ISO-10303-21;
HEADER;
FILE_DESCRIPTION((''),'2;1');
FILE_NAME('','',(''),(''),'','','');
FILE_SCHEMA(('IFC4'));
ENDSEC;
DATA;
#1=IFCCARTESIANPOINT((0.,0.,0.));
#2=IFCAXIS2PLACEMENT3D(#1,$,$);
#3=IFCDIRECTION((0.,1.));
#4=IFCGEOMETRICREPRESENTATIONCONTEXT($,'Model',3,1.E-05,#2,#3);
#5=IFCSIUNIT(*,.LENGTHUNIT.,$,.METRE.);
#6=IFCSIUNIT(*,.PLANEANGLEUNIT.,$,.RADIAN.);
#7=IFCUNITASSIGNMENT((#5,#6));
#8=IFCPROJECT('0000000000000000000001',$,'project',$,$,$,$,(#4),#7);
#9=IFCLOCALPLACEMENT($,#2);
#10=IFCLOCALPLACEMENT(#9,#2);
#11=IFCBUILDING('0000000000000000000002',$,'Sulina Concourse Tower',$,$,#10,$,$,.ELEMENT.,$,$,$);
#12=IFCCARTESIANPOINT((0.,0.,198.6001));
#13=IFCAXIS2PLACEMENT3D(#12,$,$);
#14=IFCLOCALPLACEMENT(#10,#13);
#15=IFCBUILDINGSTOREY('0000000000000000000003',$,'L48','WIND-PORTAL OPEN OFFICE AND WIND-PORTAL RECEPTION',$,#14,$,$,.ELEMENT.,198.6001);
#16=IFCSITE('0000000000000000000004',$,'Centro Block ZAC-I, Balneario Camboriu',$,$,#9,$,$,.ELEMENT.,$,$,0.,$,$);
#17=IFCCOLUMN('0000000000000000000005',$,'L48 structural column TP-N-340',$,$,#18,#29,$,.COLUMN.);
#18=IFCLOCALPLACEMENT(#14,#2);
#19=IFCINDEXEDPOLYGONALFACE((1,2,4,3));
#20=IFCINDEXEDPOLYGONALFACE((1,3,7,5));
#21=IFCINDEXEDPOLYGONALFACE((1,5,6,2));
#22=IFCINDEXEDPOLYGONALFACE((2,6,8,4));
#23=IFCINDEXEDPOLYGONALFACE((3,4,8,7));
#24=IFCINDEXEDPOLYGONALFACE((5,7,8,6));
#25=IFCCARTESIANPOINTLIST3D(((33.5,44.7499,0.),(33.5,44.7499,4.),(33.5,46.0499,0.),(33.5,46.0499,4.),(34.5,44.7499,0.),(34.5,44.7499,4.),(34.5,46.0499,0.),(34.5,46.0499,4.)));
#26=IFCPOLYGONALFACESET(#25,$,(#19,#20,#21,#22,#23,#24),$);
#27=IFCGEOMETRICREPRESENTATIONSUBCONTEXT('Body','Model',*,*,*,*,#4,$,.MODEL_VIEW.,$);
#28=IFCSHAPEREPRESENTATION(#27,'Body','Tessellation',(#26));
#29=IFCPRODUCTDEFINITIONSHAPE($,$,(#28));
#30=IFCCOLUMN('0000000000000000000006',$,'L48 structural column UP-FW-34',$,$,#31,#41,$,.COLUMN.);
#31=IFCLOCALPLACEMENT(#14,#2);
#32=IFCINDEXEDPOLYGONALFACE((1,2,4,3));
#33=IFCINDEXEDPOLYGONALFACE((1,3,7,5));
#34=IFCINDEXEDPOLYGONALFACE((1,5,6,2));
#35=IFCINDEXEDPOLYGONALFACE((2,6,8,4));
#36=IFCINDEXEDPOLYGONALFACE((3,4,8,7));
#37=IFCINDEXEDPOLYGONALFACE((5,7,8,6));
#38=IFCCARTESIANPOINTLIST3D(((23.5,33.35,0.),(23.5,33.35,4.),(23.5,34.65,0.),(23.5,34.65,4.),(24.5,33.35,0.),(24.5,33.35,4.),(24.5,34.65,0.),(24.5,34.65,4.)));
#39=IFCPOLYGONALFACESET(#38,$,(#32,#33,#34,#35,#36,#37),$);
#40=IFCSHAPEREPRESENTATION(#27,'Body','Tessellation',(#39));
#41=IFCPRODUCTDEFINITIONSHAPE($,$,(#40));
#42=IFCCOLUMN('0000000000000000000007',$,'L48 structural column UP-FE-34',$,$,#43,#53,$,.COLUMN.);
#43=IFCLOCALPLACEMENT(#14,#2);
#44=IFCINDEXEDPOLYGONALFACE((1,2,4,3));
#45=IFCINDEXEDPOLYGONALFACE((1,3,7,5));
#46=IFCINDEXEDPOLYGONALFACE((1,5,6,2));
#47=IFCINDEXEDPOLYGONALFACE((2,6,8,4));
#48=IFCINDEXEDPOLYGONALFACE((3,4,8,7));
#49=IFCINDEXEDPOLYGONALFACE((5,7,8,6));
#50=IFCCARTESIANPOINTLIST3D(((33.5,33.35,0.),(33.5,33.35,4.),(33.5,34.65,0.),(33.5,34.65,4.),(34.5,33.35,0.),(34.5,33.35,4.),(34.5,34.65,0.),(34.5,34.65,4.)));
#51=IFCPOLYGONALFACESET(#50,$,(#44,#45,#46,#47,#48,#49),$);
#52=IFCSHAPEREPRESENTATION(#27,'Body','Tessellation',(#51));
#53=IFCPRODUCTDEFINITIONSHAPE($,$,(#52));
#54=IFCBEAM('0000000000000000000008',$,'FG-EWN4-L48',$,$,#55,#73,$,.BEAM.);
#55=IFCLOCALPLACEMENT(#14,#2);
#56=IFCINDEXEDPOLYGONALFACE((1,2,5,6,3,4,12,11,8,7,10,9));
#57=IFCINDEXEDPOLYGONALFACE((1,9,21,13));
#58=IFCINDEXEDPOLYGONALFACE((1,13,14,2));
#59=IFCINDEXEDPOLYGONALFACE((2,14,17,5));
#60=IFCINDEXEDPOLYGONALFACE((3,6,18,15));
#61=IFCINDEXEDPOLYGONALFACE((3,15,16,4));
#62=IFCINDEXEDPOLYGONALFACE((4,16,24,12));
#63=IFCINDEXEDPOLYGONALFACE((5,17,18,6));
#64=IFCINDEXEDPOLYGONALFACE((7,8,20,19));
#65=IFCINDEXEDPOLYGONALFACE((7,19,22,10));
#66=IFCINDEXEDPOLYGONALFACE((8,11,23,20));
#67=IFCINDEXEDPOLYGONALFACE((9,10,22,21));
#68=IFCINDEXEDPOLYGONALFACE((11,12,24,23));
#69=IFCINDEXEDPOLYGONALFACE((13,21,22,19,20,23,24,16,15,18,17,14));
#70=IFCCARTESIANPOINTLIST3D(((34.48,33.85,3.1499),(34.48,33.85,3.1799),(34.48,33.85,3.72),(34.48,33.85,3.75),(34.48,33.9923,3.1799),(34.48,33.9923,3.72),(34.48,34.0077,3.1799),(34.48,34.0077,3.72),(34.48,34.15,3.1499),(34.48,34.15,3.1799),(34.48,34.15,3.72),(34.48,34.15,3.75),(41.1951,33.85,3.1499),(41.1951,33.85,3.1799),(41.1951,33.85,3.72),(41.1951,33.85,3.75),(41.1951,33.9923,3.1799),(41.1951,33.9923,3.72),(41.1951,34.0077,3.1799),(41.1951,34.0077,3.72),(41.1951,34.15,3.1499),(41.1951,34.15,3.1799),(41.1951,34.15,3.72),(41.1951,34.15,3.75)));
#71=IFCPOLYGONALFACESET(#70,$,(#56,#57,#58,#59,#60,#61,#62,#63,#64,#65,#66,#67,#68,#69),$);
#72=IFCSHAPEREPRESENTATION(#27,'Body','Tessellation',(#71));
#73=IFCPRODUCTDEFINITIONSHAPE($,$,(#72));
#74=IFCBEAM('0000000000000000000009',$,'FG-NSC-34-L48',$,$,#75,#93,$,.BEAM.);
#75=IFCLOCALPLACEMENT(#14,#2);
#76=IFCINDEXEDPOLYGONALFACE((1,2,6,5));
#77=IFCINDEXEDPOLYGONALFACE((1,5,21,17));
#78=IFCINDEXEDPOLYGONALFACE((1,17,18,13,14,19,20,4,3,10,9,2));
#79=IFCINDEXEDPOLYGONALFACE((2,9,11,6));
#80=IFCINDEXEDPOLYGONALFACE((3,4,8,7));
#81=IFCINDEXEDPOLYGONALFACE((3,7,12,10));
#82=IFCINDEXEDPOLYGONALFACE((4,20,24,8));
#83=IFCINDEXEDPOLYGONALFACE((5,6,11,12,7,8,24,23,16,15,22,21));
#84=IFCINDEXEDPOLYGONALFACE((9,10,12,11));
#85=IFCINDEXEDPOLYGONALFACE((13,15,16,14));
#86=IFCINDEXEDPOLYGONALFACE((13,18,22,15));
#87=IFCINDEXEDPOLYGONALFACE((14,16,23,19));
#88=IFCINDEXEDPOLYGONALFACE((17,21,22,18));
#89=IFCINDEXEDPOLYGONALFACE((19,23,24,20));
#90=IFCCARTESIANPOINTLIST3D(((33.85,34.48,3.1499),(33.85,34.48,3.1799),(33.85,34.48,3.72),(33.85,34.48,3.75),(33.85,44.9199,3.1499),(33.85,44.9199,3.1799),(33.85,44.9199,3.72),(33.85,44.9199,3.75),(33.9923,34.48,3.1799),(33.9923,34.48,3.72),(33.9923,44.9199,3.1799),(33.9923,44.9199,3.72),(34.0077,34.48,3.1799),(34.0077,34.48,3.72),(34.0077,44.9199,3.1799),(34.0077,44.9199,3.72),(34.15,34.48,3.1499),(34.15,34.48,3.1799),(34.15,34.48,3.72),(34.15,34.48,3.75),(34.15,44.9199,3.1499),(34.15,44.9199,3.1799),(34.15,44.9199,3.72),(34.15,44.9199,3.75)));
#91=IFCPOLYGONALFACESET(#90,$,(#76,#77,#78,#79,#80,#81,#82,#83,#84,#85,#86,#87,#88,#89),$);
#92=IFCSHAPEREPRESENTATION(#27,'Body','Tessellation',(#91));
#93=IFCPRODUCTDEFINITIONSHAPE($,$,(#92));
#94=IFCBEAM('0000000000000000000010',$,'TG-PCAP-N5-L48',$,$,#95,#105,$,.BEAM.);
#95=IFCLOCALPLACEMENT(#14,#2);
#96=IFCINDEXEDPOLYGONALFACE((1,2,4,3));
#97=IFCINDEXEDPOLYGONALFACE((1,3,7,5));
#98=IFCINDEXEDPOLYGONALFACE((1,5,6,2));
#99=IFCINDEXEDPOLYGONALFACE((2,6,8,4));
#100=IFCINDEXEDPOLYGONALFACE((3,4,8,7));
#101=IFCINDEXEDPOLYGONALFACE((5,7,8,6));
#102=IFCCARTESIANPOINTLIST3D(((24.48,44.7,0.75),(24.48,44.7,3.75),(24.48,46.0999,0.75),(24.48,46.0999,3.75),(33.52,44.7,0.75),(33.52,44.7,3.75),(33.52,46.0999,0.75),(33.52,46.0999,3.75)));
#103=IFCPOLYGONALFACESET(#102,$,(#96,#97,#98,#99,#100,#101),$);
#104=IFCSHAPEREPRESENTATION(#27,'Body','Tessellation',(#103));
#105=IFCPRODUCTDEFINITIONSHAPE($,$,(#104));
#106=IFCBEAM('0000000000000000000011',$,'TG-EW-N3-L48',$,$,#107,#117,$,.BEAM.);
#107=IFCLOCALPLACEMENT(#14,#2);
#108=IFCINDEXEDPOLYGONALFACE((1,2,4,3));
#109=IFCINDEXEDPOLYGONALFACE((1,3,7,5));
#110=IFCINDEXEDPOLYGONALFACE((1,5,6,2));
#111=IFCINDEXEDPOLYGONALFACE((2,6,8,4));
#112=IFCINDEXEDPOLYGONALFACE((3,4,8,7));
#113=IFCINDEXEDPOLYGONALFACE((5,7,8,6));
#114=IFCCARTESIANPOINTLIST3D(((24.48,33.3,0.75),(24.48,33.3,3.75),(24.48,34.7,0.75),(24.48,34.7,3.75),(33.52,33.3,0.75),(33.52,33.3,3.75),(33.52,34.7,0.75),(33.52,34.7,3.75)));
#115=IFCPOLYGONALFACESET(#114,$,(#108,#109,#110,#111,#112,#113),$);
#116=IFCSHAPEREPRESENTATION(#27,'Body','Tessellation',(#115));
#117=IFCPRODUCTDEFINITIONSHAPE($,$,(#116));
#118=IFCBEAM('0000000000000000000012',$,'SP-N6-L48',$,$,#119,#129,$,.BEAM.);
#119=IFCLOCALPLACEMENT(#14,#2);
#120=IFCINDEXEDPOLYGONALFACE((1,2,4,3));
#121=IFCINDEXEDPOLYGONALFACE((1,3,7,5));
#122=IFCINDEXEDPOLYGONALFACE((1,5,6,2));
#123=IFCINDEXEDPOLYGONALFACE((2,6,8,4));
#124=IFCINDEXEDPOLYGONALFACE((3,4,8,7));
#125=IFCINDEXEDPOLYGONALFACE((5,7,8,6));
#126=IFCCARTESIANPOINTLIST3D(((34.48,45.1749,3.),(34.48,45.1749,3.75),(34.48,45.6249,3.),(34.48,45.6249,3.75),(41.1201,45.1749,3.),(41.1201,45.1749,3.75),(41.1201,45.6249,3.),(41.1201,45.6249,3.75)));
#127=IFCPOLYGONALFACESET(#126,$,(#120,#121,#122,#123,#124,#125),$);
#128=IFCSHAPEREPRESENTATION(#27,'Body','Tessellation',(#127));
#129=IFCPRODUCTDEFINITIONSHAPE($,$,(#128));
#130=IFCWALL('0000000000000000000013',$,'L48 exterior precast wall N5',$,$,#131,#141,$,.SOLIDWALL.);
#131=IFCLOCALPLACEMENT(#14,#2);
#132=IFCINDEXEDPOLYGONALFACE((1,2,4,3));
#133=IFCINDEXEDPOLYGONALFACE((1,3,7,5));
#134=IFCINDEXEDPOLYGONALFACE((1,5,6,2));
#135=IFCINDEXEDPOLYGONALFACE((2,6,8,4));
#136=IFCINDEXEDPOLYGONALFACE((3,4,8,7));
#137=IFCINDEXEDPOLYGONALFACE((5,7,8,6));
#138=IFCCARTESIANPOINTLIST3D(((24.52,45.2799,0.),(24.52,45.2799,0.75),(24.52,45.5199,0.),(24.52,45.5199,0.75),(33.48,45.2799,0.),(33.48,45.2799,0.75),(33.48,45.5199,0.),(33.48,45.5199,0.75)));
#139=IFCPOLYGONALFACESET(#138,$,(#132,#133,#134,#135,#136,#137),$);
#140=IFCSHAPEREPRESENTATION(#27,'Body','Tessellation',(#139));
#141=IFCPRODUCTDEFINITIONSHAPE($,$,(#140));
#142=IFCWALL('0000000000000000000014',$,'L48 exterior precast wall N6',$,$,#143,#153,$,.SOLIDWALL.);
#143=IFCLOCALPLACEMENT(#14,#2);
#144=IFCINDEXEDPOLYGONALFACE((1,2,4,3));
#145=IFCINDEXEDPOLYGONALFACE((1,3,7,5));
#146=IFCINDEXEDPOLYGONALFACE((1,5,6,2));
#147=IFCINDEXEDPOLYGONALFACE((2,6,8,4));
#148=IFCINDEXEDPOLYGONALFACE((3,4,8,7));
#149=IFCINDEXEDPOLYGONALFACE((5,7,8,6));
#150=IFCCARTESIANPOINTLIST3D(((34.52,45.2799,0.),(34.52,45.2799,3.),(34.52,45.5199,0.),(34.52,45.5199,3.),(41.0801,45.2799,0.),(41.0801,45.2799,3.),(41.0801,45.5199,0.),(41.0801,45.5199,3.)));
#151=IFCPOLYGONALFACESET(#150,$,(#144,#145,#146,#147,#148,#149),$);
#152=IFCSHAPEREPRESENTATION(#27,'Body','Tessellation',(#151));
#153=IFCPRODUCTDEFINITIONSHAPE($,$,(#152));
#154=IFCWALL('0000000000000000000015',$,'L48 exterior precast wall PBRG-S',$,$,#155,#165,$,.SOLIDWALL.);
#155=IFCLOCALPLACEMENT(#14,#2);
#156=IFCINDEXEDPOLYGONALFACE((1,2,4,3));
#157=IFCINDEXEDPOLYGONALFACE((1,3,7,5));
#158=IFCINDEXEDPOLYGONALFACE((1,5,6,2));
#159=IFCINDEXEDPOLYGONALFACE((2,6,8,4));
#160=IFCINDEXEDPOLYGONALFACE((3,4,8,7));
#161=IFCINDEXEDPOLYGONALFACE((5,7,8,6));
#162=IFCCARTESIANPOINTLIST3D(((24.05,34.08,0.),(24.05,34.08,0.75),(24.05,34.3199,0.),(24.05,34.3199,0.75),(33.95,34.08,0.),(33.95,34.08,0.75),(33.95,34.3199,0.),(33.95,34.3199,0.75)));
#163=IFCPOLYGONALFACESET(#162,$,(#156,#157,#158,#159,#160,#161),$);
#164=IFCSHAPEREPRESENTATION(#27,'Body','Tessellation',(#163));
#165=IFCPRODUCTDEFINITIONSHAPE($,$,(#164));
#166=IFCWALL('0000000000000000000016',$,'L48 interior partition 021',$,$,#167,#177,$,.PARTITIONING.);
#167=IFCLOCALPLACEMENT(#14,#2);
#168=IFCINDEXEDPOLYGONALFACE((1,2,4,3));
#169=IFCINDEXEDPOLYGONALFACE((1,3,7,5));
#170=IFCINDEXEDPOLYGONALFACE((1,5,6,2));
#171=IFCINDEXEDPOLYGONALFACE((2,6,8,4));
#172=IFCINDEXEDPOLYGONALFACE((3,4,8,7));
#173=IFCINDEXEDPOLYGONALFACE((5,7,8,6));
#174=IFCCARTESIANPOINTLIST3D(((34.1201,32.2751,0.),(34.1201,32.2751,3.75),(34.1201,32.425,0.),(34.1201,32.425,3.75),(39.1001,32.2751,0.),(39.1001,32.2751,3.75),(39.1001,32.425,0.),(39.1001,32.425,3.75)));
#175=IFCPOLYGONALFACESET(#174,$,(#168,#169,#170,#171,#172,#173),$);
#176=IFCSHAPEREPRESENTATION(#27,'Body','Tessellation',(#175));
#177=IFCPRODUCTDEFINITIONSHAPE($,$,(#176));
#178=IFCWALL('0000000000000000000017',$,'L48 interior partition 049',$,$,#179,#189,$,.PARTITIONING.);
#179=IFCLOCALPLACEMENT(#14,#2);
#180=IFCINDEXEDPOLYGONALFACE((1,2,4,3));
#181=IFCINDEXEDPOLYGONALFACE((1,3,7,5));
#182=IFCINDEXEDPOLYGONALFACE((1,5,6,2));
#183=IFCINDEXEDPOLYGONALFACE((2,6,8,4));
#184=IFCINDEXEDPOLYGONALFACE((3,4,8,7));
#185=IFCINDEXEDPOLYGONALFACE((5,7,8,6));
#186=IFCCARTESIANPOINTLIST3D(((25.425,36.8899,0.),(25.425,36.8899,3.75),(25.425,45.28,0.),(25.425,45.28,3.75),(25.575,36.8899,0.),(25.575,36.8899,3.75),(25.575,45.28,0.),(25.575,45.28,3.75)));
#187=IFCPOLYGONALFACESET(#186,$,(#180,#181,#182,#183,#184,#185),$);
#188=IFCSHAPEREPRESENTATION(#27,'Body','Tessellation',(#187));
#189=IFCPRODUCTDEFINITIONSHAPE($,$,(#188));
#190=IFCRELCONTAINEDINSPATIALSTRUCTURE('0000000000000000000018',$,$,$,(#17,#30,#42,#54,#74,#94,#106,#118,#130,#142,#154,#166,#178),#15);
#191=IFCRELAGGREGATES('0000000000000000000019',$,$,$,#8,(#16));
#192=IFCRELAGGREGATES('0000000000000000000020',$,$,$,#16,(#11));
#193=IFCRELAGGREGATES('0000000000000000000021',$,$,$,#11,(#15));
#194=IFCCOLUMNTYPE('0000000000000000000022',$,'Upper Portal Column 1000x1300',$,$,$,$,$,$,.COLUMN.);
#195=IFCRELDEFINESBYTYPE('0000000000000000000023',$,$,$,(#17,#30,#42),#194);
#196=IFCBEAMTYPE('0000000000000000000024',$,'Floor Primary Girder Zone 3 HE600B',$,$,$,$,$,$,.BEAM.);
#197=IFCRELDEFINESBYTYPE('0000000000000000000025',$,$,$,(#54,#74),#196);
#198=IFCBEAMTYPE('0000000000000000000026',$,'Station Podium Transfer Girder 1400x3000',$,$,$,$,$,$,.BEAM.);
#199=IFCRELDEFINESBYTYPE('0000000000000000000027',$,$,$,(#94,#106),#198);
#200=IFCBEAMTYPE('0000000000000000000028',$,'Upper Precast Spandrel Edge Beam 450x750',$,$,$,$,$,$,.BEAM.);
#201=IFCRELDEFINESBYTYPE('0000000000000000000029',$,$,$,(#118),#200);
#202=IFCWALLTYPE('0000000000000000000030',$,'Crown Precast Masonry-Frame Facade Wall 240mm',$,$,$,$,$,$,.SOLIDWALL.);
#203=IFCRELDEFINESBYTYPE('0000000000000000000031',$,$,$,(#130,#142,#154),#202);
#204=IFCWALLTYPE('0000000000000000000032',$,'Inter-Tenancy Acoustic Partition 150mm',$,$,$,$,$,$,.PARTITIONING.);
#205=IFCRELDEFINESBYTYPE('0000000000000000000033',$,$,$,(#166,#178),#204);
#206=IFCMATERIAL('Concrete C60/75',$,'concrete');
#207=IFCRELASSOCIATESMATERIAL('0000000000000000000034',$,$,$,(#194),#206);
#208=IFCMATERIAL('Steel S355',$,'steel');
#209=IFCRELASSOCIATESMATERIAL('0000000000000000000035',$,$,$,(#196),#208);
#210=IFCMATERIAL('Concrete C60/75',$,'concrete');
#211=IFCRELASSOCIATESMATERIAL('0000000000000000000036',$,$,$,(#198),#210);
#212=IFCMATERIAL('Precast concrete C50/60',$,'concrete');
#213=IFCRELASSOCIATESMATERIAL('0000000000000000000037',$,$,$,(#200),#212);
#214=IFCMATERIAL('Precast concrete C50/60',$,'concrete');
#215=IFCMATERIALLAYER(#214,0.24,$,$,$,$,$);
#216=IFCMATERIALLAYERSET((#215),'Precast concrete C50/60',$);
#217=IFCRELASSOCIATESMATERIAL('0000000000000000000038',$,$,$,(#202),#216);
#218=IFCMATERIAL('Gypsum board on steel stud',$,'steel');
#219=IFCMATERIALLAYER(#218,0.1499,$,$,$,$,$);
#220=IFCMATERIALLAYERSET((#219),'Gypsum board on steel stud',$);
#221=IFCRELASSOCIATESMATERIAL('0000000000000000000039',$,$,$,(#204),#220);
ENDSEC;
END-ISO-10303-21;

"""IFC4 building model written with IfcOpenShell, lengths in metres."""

from ifc_helpers import new_model, si_unit, direction, frame, frame_2d, origin, origin_2d, place, context, subcontext, project, spatial, rectangle, i_section, extrude, material, layer, layer_set, material_profile, profile_set, type_object, element, save


model = new_model("IFC4")

# Units and contexts
model_context = context("Model", 3, precision=1e-05, world=origin(), true_north=direction((0.0, 1.0)))
body_context = subcontext(model_context, "Body", "Model", "MODEL_VIEW")
ifc_project = project(units=[si_unit("LENGTHUNIT", "METRE"), si_unit("PLANEANGLEUNIT", "RADIAN")], contexts=[model_context])

# Site, building, storey
site_placement = place(None, origin())
site = spatial("IfcSite", under=ifc_project, at=site_placement, Name="Centro Block ZAC-I, Balneario Camboriu", CompositionType="ELEMENT", RefElevation=0.0)
building_placement = place(site_placement, origin())
building = spatial("IfcBuilding", under=site, at=building_placement, Name="Sulina Concourse Tower", CompositionType="ELEMENT")
storey_placement = place(building_placement, frame((0.0, 0.0, 198.6001)))
storey = spatial("IfcBuildingStorey", under=building, at=storey_placement, Name="L48", Description="WIND-PORTAL OPEN OFFICE AND WIND-PORTAL RECEPTION", CompositionType="ELEMENT", Elevation=198.6001)

# Columns
ifc_material_1 = material(Name="Concrete C60/75", Category="concrete")
ifc_material_profile_1 = material_profile(ifc_material_1, rectangle(XDim=1.0, YDim=1.3, at=origin_2d()), Name="RC 1000x1300")
ifc_profile_set_1 = profile_set([ifc_material_profile_1], Name="Concrete C60/75")
column_type = type_object("IfcColumnType", Name="Upper Portal Column 1000x1300", PredefinedType="COLUMN", material=ifc_profile_set_1)
for number, where, z_axis, x_axis, name in (
    (1, (34.0, 45.3999, 0.0), (0.0, 0.0, 1.0), (1.0, 0.0, 0.0), "L48 structural column TP-N-340"),
    (2, (24.0, 34.0, 0.0), (0.0, 0.0, 1.0), (1.0, 0.0, 0.0), "L48 structural column UP-FW-34"),
    (3, (34.0, 34.0, 0.0), (0.0, 0.0, 1.0), (1.0, 0.0, 0.0), "L48 structural column UP-FE-34"),
):
    element("IfcColumn", number, at=place(storey_placement, frame(where, z_axis=z_axis, x_axis=x_axis)), inside=storey, type_object=column_type, Name=name, PredefinedType="COLUMN", context=body_context, shape_type="SweptSolid", body=[
        extrude(rectangle(XDim=1.0, YDim=1.3, at=origin_2d()), origin(), (0.0, 0.0, 1.0), 4.0),
    ])

# Beams
ifc_material_2 = material(Name="Steel S355", Category="steel")
ifc_material_profile_2 = material_profile(ifc_material_2, i_section(OverallWidth=0.3, OverallDepth=0.6001, WebThickness=0.0154, FlangeThickness=0.03, at=origin_2d()), Name="HE 600 B")
ifc_profile_set_2 = profile_set([ifc_material_profile_2], Name="Steel S355")
beam_type_1 = type_object("IfcBeamType", Name="Floor Primary Girder Zone 3 HE600B", PredefinedType="BEAM", material=ifc_profile_set_2)
beam_1_placement = place(storey_placement, frame((34.48, 34.0, 3.45), z_axis=(1.0, 0.0, 0.0), x_axis=(0.0, 1.0, 0.0)))
element("IfcBeam", 4, at=beam_1_placement, inside=storey, type_object=beam_type_1, Name="FG-EWN4-L48", PredefinedType="BEAM", context=body_context, shape_type="SweptSolid", body=[
    extrude(i_section(OverallWidth=0.3, OverallDepth=0.6001, WebThickness=0.0154, FlangeThickness=0.03, at=origin_2d()), origin(), (0.0, 0.0, 1.0), 6.7151),
])
beam_2_placement = place(storey_placement, frame((34.0, 34.48, 3.45), z_axis=(0.0, 1.0, 0.0), x_axis=(-1.0, 0.0, 0.0)))
element("IfcBeam", 5, at=beam_2_placement, inside=storey, type_object=beam_type_1, Name="FG-NSC-34-L48", PredefinedType="BEAM", context=body_context, shape_type="SweptSolid", body=[
    extrude(i_section(OverallWidth=0.3, OverallDepth=0.6001, WebThickness=0.0154, FlangeThickness=0.03, at=origin_2d()), origin(), (0.0, 0.0, 1.0), 10.4399),
])
ifc_material_3 = material(Name="Concrete C60/75", Category="concrete")
ifc_material_profile_3 = material_profile(ifc_material_3, rectangle(XDim=1.3999, YDim=3.0, at=origin_2d()), Name="RC 1400x3000")
ifc_profile_set_3 = profile_set([ifc_material_profile_3], Name="Concrete C60/75")
beam_type_2 = type_object("IfcBeamType", Name="Station Podium Transfer Girder 1400x3000", PredefinedType="BEAM", material=ifc_profile_set_3)
for number, where, z_axis, x_axis, name in (
    (6, (24.48, 45.3999, 2.25), (1.0, 0.0, 0.0), (0.0, 1.0, 0.0), "TG-PCAP-N5-L48"),
    (7, (24.48, 34.0, 2.25), (1.0, 0.0, 0.0), (0.0, 1.0, 0.0), "TG-EW-N3-L48"),
):
    element("IfcBeam", number, at=place(storey_placement, frame(where, z_axis=z_axis, x_axis=x_axis)), inside=storey, type_object=beam_type_2, Name=name, PredefinedType="BEAM", context=body_context, shape_type="SweptSolid", body=[
        extrude(rectangle(XDim=1.3999, YDim=3.0, at=origin_2d()), origin(), (0.0, 0.0, 1.0), 9.04),
    ])
ifc_material_4 = material(Name="Precast concrete C50/60", Category="concrete")
ifc_material_profile_4 = material_profile(ifc_material_4, rectangle(XDim=0.45, YDim=0.75, at=origin_2d()), Name="RC 450x750")
ifc_profile_set_4 = profile_set([ifc_material_profile_4], Name="Precast concrete C50/60")
beam_type_3 = type_object("IfcBeamType", Name="Upper Precast Spandrel Edge Beam 450x750", PredefinedType="BEAM", material=ifc_profile_set_4)
beam_3_placement = place(storey_placement, frame((34.48, 45.3999, 3.375), z_axis=(1.0, 0.0, 0.0), x_axis=(0.0, 1.0, 0.0)))
element("IfcBeam", 8, at=beam_3_placement, inside=storey, type_object=beam_type_3, Name="SP-N6-L48", PredefinedType="BEAM", context=body_context, shape_type="SweptSolid", body=[
    extrude(rectangle(XDim=0.45, YDim=0.75, at=origin_2d()), origin(), (0.0, 0.0, 1.0), 6.6401),
])

# Walls
ifc_material_5 = material(Name="Precast concrete C50/60", Category="concrete")
ifc_layer_1 = layer(ifc_material_5, 0.24)
ifc_layer_set_1 = layer_set([ifc_layer_1], Name="Precast concrete C50/60")
wall_type_1 = type_object("IfcWallType", Name="Crown Precast Masonry-Frame Facade Wall 240mm", PredefinedType="SOLIDWALL", material=ifc_layer_set_1)
wall_1_placement = place(storey_placement, frame((24.52, 45.3999, 0.0), z_axis=(0.0, 0.0, 1.0), x_axis=(1.0, 0.0, 0.0)))
element("IfcWall", 9, at=wall_1_placement, inside=storey, type_object=wall_type_1, Name="L48 exterior precast wall N5", PredefinedType="SOLIDWALL", context=body_context, shape_type="SweptSolid", body=[
    extrude(rectangle(XDim=8.96, YDim=0.24, at=frame_2d((4.48, 0.0))), origin(), (0.0, 0.0, 1.0), 0.75),
])
wall_2_placement = place(storey_placement, frame((34.52, 45.3999, 0.0), z_axis=(0.0, 0.0, 1.0), x_axis=(1.0, 0.0, 0.0)))
element("IfcWall", 10, at=wall_2_placement, inside=storey, type_object=wall_type_1, Name="L48 exterior precast wall N6", PredefinedType="SOLIDWALL", context=body_context, shape_type="SweptSolid", body=[
    extrude(rectangle(XDim=6.5601, YDim=0.24, at=frame_2d((3.28, 0.0))), origin(), (0.0, 0.0, 1.0), 3.0),
])
wall_3_placement = place(storey_placement, frame((33.95, 34.2, 0.0), z_axis=(0.0, 0.0, 1.0), x_axis=(-1.0, 0.0, 0.0)))
element("IfcWall", 11, at=wall_3_placement, inside=storey, type_object=wall_type_1, Name="L48 exterior precast wall PBRG-S", PredefinedType="SOLIDWALL", context=body_context, shape_type="SweptSolid", body=[
    extrude(rectangle(XDim=9.8999, YDim=0.24, at=frame_2d((4.95, 0.0))), origin(), (0.0, 0.0, 1.0), 0.75),
])
ifc_material_6 = material(Name="Gypsum board on steel stud", Category="steel")
ifc_layer_2 = layer(ifc_material_6, 0.1499)
ifc_layer_set_2 = layer_set([ifc_layer_2], Name="Gypsum board on steel stud")
wall_type_2 = type_object("IfcWallType", Name="Inter-Tenancy Acoustic Partition 150mm", PredefinedType="PARTITIONING", material=ifc_layer_set_2)
wall_4_placement = place(storey_placement, frame((34.1201, 32.3501, 0.0), z_axis=(0.0, 0.0, 1.0), x_axis=(1.0, 0.0, 0.0)))
element("IfcWall", 12, at=wall_4_placement, inside=storey, type_object=wall_type_2, Name="L48 interior partition 021", PredefinedType="PARTITIONING", context=body_context, shape_type="SweptSolid", body=[
    extrude(rectangle(XDim=4.98, YDim=0.1499, at=frame_2d((2.49, 0.0))), origin(), (0.0, 0.0, 1.0), 3.75),
])
wall_5_placement = place(storey_placement, frame((25.5, 36.8899, 0.0), z_axis=(0.0, 0.0, 1.0), x_axis=(0.0, 1.0, 0.0)))
element("IfcWall", 13, at=wall_5_placement, inside=storey, type_object=wall_type_2, Name="L48 interior partition 049", PredefinedType="PARTITIONING", context=body_context, shape_type="SweptSolid", body=[
    extrude(rectangle(XDim=8.3901, YDim=0.1499, at=frame_2d((4.1951, 0.0))), origin(), (0.0, 0.0, 1.0), 3.75),
])

save(model, "model.ifc")
